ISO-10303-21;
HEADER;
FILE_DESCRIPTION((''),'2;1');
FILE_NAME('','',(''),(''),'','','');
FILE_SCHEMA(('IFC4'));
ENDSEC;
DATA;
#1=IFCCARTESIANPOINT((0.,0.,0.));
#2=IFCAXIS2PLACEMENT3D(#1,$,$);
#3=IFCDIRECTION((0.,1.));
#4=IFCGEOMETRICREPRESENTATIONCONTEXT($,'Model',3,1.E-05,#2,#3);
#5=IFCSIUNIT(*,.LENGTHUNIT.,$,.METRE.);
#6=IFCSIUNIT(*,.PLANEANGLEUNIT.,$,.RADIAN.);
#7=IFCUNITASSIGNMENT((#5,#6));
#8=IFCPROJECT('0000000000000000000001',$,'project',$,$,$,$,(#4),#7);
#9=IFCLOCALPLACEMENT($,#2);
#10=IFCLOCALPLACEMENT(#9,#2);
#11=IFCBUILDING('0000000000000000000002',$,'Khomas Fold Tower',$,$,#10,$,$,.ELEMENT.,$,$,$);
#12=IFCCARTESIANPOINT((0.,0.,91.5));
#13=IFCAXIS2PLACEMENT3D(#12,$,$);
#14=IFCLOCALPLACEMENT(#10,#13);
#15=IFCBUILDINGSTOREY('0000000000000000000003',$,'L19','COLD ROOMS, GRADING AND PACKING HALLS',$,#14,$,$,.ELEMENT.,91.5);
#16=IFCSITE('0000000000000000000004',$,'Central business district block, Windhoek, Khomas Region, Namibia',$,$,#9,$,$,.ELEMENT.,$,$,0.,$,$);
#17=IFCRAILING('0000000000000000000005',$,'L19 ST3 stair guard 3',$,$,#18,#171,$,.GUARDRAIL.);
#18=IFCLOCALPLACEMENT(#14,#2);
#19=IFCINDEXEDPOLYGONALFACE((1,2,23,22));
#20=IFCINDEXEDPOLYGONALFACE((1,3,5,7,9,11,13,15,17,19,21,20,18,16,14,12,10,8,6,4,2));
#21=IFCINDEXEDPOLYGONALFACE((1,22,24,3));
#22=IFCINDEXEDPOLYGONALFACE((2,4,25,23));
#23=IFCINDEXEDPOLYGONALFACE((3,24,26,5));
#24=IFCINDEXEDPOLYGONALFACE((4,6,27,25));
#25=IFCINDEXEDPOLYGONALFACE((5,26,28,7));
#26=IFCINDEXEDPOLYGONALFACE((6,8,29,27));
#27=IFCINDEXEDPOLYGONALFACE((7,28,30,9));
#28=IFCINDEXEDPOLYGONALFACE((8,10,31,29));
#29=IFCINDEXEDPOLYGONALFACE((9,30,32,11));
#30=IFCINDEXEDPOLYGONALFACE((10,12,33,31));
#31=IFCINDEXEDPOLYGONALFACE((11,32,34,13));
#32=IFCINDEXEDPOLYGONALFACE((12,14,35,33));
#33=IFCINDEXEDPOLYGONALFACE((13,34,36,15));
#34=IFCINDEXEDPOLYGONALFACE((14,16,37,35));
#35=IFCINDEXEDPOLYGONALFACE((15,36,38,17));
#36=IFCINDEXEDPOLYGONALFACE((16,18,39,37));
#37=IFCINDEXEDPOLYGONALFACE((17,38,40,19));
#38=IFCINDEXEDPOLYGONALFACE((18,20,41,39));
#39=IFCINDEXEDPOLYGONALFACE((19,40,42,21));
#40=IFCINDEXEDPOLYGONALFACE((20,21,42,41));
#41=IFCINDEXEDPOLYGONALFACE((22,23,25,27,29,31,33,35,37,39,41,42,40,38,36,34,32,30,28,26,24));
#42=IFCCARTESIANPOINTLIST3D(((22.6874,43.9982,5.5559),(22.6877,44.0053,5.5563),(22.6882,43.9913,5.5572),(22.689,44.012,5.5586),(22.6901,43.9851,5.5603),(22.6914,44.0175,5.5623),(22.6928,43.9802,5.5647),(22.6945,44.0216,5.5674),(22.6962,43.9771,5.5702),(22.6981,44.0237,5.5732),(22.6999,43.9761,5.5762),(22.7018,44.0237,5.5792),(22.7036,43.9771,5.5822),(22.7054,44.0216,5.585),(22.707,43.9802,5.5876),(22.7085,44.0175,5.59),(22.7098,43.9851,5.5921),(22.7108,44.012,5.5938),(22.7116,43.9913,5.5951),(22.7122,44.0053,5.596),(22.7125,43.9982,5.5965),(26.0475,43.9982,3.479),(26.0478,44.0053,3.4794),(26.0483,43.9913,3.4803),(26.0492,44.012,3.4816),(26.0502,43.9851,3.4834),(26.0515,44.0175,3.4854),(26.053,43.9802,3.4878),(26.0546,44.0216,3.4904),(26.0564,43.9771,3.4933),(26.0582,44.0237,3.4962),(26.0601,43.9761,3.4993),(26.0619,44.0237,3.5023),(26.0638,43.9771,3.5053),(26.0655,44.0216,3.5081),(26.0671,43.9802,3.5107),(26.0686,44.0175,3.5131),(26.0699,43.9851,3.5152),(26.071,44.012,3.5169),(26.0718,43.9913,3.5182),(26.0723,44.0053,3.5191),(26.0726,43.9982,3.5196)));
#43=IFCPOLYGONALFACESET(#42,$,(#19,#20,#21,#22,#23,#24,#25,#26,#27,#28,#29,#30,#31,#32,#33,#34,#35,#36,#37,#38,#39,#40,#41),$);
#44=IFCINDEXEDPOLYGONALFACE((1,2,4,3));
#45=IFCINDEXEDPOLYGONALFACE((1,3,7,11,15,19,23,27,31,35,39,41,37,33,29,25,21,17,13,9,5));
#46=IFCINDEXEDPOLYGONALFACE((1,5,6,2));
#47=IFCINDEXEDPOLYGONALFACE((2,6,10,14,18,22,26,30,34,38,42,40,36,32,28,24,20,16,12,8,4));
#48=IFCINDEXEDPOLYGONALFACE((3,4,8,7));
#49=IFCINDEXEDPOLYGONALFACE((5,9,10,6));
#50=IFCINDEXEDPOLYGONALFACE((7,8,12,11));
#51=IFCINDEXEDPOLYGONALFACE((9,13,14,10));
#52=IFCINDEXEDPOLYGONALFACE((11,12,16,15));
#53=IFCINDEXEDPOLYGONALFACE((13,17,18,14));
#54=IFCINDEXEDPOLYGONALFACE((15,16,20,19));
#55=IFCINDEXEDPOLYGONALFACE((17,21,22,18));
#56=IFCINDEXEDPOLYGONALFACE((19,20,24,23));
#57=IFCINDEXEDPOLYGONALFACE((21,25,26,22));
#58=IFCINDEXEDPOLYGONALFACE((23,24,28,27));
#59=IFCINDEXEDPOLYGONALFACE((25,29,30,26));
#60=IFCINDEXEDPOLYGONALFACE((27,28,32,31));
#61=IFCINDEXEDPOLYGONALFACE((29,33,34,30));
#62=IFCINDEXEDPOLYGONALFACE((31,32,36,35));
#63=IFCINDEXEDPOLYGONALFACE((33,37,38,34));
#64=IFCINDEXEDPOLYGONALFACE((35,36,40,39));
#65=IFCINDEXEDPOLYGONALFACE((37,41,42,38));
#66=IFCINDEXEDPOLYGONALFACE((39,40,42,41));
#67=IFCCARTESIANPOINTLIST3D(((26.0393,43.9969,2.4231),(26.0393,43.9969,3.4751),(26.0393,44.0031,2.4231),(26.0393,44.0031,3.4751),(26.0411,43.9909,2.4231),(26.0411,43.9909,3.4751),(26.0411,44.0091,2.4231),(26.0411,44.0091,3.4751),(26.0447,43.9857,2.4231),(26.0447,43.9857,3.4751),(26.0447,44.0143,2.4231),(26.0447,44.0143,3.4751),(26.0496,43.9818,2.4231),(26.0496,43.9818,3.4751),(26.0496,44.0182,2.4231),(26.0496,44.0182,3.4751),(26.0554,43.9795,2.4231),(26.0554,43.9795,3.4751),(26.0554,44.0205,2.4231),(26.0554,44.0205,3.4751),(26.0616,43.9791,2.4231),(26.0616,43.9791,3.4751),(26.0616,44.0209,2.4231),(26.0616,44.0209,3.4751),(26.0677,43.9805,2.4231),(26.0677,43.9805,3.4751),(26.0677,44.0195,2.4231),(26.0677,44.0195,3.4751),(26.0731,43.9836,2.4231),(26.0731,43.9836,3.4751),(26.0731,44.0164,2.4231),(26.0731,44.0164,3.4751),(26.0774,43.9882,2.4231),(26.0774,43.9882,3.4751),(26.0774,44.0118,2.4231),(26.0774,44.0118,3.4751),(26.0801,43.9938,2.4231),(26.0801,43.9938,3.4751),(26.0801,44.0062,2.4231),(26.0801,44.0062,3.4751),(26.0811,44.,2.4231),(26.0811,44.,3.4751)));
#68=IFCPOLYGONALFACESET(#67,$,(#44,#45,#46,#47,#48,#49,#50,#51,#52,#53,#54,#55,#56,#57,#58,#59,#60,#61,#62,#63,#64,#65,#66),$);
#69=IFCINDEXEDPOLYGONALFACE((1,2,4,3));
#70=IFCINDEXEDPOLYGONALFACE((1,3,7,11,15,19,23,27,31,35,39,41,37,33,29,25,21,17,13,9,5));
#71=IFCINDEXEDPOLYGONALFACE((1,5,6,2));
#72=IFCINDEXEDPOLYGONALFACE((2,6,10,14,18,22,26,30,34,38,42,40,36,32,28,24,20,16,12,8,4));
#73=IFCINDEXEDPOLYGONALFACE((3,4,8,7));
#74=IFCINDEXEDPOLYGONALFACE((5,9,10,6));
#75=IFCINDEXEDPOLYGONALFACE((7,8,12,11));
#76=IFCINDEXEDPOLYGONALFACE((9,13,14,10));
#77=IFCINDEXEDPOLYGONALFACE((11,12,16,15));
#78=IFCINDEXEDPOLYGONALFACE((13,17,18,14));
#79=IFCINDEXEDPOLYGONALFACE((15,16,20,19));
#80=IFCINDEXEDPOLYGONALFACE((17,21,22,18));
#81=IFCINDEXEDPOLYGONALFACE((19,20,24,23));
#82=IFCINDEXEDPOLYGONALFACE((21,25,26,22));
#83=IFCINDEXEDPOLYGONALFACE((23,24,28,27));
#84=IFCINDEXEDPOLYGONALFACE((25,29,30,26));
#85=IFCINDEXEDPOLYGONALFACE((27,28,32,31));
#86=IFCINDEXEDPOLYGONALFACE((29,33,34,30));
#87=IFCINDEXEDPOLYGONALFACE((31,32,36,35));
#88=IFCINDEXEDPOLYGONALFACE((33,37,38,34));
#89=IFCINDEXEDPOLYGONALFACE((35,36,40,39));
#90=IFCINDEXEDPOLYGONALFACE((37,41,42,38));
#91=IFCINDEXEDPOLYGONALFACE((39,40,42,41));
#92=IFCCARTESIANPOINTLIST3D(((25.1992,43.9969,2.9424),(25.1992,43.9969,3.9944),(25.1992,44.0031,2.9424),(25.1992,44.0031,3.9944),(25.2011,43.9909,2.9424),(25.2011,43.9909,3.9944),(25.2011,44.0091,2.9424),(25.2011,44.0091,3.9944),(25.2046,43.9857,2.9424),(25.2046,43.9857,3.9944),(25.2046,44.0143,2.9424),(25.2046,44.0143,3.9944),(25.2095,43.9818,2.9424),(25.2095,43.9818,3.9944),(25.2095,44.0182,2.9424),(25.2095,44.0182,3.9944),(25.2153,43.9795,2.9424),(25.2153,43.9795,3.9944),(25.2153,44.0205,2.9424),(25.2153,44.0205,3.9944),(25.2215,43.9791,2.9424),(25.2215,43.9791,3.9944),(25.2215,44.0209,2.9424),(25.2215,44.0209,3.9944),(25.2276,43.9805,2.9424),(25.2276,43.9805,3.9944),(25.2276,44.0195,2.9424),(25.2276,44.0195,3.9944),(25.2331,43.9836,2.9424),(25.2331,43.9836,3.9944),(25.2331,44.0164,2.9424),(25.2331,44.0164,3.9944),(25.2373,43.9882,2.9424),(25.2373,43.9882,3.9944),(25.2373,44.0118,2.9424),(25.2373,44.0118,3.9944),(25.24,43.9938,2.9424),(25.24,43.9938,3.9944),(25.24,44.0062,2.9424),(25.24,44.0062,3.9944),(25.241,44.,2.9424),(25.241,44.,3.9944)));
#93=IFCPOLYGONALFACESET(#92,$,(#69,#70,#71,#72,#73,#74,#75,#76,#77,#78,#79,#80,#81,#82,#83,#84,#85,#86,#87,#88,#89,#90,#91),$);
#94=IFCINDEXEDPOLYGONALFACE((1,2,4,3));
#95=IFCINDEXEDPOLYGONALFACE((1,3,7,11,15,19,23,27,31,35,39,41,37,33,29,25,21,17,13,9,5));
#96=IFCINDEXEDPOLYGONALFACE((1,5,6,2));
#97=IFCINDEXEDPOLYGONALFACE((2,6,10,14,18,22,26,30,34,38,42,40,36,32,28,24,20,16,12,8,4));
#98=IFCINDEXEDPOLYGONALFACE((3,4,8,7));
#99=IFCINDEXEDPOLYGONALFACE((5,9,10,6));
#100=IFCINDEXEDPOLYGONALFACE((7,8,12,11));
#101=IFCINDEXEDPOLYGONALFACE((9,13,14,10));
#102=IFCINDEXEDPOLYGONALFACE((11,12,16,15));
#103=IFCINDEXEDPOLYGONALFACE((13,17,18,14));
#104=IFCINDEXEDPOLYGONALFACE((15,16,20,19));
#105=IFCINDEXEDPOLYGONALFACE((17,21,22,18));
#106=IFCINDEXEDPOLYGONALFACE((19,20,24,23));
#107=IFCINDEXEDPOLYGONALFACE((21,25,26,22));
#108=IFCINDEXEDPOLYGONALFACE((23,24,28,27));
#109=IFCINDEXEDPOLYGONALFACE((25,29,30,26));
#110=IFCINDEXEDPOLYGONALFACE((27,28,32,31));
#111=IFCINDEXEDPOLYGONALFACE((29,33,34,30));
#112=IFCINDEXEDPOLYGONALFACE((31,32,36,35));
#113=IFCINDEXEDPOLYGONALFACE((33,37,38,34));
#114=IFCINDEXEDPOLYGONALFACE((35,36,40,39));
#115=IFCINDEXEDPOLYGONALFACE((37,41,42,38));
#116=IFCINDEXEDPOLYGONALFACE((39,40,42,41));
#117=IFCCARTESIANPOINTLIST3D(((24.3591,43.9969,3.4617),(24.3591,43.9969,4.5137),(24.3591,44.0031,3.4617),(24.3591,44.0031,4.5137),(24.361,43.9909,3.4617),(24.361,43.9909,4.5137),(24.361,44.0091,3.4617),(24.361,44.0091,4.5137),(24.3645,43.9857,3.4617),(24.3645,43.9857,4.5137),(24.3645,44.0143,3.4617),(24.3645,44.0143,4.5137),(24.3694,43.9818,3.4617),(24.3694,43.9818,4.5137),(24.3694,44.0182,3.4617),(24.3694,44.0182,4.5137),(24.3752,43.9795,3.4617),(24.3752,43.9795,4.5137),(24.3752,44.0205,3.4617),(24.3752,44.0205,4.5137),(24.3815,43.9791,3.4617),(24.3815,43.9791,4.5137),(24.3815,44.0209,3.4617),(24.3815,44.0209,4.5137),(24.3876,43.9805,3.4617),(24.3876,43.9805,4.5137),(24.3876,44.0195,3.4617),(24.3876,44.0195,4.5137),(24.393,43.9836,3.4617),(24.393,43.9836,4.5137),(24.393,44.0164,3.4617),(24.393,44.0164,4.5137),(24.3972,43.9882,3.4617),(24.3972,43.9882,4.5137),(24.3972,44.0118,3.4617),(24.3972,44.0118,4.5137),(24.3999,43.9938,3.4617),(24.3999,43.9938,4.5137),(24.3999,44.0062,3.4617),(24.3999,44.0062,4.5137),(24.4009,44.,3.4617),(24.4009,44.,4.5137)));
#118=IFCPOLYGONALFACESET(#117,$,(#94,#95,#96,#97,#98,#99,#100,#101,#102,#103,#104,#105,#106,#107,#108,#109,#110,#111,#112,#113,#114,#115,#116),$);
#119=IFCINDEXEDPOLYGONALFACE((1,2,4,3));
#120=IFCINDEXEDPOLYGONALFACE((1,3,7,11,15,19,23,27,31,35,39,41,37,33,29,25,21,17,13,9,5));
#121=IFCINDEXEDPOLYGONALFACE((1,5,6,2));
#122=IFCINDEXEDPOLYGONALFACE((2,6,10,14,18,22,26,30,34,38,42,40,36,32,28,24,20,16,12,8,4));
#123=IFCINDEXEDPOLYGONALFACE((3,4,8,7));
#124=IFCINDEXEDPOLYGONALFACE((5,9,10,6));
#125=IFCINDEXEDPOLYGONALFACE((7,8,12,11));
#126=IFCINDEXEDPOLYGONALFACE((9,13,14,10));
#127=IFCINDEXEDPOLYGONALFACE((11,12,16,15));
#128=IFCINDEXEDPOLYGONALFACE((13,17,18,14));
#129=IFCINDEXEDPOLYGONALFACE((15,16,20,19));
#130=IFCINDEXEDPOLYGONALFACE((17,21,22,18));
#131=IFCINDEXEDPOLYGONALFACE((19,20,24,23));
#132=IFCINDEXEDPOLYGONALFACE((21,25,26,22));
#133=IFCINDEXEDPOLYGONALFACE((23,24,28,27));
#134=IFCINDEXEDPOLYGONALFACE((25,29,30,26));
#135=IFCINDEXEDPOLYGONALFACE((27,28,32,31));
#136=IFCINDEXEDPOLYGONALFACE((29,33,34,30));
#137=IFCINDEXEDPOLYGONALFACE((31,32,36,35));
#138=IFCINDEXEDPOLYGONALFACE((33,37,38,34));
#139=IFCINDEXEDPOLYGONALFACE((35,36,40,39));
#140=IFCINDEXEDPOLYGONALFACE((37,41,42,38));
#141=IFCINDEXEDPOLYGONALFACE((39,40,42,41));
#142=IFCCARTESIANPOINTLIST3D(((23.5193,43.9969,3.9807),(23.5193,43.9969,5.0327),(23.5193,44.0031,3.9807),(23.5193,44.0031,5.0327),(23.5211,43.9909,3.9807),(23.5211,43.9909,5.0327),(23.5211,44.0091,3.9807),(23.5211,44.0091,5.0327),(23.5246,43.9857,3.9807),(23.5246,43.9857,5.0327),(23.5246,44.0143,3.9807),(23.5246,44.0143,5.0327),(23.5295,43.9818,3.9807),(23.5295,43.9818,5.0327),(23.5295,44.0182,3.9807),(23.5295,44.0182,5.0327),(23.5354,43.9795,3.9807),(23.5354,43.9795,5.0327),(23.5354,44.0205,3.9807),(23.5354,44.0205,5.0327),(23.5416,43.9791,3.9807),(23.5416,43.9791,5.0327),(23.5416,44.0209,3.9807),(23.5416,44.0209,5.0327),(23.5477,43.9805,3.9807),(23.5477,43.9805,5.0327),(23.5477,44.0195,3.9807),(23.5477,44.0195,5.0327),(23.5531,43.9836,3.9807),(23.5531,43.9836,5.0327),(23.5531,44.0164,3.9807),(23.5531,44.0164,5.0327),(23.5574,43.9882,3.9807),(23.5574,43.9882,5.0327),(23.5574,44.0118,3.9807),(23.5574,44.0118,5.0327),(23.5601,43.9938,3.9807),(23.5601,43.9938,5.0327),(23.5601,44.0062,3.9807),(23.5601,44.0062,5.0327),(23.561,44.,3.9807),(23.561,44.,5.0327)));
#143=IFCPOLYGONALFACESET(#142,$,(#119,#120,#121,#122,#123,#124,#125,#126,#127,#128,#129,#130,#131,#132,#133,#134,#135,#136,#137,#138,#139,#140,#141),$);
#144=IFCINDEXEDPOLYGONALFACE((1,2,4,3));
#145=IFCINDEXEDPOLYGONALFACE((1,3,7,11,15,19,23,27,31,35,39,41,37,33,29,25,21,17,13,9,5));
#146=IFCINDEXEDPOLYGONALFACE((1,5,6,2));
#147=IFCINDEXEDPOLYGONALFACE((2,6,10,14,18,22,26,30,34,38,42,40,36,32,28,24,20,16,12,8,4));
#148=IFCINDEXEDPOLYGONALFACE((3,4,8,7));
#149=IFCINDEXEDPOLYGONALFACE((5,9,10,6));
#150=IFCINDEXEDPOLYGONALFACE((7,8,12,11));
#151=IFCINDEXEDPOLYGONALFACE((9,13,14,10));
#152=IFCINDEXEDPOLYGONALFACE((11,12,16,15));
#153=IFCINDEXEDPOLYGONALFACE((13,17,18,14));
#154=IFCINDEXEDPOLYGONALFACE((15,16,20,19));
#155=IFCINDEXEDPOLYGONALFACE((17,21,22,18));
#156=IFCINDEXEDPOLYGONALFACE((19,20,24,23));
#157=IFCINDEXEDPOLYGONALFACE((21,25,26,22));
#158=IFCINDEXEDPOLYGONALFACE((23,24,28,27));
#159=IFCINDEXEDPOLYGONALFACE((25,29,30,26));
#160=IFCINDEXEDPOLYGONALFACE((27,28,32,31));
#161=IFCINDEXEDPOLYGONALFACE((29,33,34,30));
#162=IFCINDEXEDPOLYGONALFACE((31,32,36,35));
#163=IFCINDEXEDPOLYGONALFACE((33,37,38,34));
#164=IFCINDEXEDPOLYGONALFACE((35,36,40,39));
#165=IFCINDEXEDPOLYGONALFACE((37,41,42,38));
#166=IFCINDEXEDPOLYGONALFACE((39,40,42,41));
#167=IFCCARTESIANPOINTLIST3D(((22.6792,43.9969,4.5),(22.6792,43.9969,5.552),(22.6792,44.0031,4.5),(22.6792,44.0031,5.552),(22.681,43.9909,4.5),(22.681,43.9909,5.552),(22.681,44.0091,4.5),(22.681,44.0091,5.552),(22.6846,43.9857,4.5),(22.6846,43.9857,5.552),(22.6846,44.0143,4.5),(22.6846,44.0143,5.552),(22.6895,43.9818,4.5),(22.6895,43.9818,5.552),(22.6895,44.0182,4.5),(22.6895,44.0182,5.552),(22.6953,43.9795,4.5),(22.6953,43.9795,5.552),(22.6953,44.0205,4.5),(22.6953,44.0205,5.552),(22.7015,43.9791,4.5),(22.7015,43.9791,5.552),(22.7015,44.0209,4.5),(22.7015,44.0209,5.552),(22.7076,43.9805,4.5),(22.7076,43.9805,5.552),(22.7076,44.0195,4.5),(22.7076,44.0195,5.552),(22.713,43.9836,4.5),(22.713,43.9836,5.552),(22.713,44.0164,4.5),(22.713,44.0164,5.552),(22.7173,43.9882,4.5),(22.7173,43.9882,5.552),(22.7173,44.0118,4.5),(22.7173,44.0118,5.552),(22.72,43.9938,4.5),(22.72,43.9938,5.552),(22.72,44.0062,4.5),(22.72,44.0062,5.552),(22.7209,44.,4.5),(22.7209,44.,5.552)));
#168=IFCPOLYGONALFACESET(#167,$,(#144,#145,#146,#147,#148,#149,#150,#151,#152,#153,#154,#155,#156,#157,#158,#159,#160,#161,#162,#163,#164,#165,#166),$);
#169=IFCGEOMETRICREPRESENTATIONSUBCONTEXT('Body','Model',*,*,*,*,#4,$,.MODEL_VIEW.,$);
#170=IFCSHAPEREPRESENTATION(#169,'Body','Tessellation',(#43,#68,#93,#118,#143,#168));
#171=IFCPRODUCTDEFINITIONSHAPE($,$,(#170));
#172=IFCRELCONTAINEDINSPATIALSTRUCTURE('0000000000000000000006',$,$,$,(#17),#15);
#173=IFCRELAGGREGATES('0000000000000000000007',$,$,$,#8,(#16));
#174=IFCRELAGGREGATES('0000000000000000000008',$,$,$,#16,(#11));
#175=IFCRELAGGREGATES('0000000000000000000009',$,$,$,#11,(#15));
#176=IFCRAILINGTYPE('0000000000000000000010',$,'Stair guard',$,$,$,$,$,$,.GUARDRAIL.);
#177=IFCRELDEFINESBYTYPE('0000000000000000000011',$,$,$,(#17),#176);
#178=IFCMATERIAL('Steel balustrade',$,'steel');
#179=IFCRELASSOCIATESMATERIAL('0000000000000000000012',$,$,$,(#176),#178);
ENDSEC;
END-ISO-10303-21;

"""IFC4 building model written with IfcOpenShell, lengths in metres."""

from ifc_helpers import new_model, si_unit, direction, frame, origin, origin_2d, place, context, subcontext, project, spatial, circle, extrude, source, transform, mapped, material, type_object, element, save


model = new_model("IFC4")

# Units and contexts
model_context = context("Model", 3, precision=1e-05, world=origin(), true_north=direction((0.0, 1.0)))
body_context = subcontext(model_context, "Body", "Model", "MODEL_VIEW")
ifc_project = project(units=[si_unit("LENGTHUNIT", "METRE"), si_unit("PLANEANGLEUNIT", "RADIAN")], contexts=[model_context])

# Site, building, storey
site_placement = place(None, origin())
site = spatial("IfcSite", under=ifc_project, at=site_placement, Name="Central business district block, Windhoek, Khomas Region, Namibia", CompositionType="ELEMENT", RefElevation=0.0)
building_placement = place(site_placement, origin())
building = spatial("IfcBuilding", under=site, at=building_placement, Name="Khomas Fold Tower", CompositionType="ELEMENT")
storey_placement = place(building_placement, frame((0.0, 0.0, 91.5)))
storey = spatial("IfcBuildingStorey", under=building, at=storey_placement, Name="L19", Description="COLD ROOMS, GRADING AND PACKING HALLS", CompositionType="ELEMENT", Elevation=91.5)

# Railing
ifc_material_1 = material(Name="Steel balustrade", Category="steel")
railing_type_1 = type_object("IfcRailingType", Name="Stair guard", PredefinedType="GUARDRAIL", material=ifc_material_1)
shared_shape_1 = source(origin(), body_context, "Body", "SweptSolid", [
    extrude(circle(Radius=0.0239, at=origin_2d()), frame((0.0, 0.0, 1.0762), z_axis=(-0.850623, 0.0, 0.525776), x_axis=(0.0, -1.0, 0.0)), (0.0, 0.0, 1.0), 3.9502),
    extrude(circle(Radius=0.021, at=origin_2d()), origin(), (0.0, 0.0, 1.0), 1.052),
    extrude(circle(Radius=0.021, at=origin_2d()), frame((-0.8401, 0.0, 0.5193)), (0.0, 0.0, 1.0), 1.052),
    extrude(circle(Radius=0.021, at=origin_2d()), frame((-1.6802, 0.0, 1.0386)), (0.0, 0.0, 1.0), 1.052),
    extrude(circle(Radius=0.021, at=origin_2d()), frame((-2.52, 0.0, 1.5576)), (0.0, 0.0, 1.0), 1.052),
    extrude(circle(Radius=0.021, at=origin_2d()), frame((-3.3601, 0.0, 2.0769)), (0.0, 0.0, 1.0), 1.052),
])
railing_1_placement = place(storey_placement, frame((26.0601, 44.0, 2.4231)))
element("IfcRailing", 1, at=railing_1_placement, inside=storey, type_object=railing_type_1, Name="L19 ST3 stair guard 3", PredefinedType="GUARDRAIL", context=body_context, shape_type="MappedRepresentation", body=[
    mapped(shared_shape_1, transform((0.0, 0.0, 0.0))),
])

save(model, "model.ifc")
